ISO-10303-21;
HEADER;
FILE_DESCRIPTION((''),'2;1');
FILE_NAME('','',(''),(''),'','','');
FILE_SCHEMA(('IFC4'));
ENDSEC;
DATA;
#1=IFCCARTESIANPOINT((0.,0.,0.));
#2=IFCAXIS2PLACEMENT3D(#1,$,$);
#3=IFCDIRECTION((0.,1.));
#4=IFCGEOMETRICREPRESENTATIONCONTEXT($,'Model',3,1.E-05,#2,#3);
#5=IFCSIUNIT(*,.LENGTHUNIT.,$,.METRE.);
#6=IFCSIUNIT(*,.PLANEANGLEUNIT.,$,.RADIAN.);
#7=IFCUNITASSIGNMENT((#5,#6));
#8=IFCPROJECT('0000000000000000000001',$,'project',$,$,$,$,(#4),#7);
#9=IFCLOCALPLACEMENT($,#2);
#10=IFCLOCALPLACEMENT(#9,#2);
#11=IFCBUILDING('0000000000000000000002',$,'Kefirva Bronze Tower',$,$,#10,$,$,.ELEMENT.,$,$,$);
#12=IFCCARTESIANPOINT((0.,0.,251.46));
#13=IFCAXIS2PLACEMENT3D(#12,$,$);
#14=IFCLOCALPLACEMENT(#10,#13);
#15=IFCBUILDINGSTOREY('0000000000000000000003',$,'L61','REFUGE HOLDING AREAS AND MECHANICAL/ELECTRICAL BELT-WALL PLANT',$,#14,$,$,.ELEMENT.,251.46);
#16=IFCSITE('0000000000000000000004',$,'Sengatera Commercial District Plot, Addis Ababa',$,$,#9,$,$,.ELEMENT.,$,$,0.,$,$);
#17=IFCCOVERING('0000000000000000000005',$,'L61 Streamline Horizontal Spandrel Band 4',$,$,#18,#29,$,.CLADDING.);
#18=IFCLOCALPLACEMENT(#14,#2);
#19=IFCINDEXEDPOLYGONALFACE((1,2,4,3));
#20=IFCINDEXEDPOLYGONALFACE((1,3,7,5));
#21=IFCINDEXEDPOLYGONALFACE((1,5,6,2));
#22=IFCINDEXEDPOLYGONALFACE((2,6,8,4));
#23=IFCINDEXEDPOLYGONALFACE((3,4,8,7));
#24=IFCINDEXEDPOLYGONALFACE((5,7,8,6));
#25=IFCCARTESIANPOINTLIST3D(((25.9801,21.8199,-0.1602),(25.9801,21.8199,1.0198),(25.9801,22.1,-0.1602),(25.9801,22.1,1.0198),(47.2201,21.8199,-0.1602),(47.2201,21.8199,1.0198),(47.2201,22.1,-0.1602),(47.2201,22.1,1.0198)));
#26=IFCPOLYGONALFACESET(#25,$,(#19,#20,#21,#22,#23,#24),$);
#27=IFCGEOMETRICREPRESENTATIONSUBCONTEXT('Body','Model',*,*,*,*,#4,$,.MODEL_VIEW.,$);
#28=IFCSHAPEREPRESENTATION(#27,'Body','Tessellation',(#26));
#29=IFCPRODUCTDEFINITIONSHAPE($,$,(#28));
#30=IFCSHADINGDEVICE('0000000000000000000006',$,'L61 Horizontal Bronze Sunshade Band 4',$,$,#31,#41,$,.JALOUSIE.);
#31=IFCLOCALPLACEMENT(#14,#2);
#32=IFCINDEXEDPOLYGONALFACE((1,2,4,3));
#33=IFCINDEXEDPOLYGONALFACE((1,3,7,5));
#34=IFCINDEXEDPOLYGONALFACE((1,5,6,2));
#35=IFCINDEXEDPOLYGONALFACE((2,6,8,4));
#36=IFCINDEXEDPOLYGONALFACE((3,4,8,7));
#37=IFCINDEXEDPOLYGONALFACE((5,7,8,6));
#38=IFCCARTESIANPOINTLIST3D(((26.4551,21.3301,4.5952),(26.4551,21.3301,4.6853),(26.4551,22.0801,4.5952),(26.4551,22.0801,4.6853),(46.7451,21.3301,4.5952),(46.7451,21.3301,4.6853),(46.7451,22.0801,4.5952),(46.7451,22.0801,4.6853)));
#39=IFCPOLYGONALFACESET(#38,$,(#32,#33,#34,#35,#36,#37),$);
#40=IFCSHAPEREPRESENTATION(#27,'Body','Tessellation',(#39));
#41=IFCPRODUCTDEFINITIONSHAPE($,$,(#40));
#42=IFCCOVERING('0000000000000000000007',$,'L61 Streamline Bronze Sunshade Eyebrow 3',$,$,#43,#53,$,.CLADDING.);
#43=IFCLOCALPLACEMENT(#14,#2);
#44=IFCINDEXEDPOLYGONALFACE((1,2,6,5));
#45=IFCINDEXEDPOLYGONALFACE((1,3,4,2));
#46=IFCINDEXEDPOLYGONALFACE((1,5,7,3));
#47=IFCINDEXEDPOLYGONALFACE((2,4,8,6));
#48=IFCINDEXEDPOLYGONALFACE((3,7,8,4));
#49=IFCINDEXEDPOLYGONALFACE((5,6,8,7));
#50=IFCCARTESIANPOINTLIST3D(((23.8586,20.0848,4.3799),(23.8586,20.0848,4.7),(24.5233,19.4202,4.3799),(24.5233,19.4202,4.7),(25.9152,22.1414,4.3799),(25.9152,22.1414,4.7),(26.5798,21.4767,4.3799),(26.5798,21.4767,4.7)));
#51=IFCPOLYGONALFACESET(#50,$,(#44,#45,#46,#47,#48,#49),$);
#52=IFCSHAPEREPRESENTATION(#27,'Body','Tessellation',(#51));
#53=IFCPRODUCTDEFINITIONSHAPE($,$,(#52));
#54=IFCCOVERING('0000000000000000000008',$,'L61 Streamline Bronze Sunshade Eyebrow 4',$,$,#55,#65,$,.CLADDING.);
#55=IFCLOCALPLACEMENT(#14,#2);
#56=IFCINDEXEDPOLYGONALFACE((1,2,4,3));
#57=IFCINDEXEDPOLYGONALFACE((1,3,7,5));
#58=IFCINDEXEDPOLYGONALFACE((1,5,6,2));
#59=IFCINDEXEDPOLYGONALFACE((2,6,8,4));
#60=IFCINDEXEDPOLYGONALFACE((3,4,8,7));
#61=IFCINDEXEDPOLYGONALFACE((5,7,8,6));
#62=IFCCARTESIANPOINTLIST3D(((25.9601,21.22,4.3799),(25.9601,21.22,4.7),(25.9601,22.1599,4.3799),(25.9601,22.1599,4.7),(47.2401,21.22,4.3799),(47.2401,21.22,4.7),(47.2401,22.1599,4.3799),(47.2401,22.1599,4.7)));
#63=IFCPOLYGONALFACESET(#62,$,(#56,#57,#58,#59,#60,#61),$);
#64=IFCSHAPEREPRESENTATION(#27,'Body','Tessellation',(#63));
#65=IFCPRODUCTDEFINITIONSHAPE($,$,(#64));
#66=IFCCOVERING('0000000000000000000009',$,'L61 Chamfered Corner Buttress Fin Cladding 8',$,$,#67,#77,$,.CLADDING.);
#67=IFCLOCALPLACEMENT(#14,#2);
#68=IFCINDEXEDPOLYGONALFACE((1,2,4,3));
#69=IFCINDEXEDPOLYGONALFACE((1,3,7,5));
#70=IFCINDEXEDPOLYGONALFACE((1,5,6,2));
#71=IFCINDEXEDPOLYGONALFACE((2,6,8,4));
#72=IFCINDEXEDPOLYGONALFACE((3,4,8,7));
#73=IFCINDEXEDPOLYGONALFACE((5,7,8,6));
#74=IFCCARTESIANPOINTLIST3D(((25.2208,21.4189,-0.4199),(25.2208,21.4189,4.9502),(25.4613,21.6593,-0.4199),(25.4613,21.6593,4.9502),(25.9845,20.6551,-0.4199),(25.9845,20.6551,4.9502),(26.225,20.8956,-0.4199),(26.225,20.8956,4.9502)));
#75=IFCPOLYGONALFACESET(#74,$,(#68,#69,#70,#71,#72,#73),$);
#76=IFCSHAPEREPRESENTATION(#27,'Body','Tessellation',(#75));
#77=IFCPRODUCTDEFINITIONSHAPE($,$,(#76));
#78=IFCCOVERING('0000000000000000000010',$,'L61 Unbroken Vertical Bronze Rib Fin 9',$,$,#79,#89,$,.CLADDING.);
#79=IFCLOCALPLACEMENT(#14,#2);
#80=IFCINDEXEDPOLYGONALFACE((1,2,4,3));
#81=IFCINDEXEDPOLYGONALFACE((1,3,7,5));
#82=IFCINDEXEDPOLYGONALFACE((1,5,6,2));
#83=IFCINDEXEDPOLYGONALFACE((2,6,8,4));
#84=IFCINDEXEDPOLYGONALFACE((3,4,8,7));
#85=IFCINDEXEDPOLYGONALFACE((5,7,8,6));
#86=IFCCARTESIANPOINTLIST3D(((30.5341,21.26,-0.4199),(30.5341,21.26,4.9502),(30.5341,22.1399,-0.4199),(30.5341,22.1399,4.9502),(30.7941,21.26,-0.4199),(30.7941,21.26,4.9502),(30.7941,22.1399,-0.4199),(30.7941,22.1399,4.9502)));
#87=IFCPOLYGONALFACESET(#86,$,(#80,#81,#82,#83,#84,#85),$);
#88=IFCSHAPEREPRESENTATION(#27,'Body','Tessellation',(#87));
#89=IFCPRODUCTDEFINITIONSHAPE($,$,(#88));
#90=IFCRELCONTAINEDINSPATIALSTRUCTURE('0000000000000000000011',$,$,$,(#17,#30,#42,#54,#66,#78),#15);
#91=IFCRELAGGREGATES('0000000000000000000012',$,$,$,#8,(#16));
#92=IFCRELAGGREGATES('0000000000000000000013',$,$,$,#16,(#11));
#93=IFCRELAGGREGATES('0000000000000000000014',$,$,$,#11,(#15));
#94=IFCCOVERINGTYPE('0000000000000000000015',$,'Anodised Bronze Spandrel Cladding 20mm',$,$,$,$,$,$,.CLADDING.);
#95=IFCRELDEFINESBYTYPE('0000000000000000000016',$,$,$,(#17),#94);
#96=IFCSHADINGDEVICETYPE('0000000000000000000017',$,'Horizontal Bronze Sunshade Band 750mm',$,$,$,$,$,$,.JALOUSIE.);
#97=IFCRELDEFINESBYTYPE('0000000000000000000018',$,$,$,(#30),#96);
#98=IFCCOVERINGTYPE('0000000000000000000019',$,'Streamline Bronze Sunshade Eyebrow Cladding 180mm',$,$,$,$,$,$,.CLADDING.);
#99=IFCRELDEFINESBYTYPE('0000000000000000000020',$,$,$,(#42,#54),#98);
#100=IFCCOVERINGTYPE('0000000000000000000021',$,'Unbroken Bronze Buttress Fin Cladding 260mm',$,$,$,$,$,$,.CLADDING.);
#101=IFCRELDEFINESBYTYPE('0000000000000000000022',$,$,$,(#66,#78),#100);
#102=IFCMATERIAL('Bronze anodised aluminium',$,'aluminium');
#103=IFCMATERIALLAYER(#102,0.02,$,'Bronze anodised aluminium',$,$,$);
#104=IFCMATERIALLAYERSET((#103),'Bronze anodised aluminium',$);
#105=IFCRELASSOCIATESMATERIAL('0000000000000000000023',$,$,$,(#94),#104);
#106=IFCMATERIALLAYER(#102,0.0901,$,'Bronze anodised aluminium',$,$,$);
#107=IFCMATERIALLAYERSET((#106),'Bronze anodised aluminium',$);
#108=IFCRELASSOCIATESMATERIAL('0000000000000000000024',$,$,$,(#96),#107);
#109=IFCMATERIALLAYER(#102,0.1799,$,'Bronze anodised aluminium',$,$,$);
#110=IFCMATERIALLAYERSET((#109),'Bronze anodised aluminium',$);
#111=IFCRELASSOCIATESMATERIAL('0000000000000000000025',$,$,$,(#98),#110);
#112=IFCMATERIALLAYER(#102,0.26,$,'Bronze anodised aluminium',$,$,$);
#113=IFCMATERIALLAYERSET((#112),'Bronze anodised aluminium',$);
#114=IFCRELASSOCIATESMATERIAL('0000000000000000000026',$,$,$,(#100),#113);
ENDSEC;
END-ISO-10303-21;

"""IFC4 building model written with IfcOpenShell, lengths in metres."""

from ifc_helpers import new_model, si_unit, direction, frame, origin, origin_2d, place, context, subcontext, project, spatial, rectangle, extrude, material, layer, layer_set, type_object, element, save


model = new_model("IFC4")

# Units and contexts
model_context = context("Model", 3, precision=1e-05, world=origin(), true_north=direction((0.0, 1.0)))
body_context = subcontext(model_context, "Body", "Model", "MODEL_VIEW")
ifc_project = project(units=[si_unit("LENGTHUNIT", "METRE"), si_unit("PLANEANGLEUNIT", "RADIAN")], contexts=[model_context])

# Site, building, storey
site_placement = place(None, origin())
site = spatial("IfcSite", under=ifc_project, at=site_placement, Name="Sengatera Commercial District Plot, Addis Ababa", CompositionType="ELEMENT", RefElevation=0.0)
building_placement = place(site_placement, origin())
building = spatial("IfcBuilding", under=site, at=building_placement, Name="Kefirva Bronze Tower", CompositionType="ELEMENT")
storey_placement = place(building_placement, frame((0.0, 0.0, 251.46)))
storey = spatial("IfcBuildingStorey", under=building, at=storey_placement, Name="L61", Description="REFUGE HOLDING AREAS AND MECHANICAL/ELECTRICAL BELT-WALL PLANT", CompositionType="ELEMENT", Elevation=251.46)

# Shared definitions
ifc_material_1 = material(Name="Bronze anodised aluminium", Category="aluminium")

# Covering
ifc_layer_1 = layer(ifc_material_1, 0.02, Name="Bronze anodised aluminium")
ifc_layer_set_1 = layer_set([ifc_layer_1], Name="Bronze anodised aluminium")
covering_type_1 = type_object("IfcCoveringType", Name="Anodised Bronze Spandrel Cladding 20mm", PredefinedType="CLADDING", material=ifc_layer_set_1)
covering_1_placement = place(storey_placement, frame((36.6001, 21.96, -0.1602), z_axis=(0.0, 0.0, 1.0), x_axis=(1.0, 0.0, 0.0)))
element("IfcCovering", 1, at=covering_1_placement, inside=storey, type_object=covering_type_1, Name="L61 Streamline Horizontal Spandrel Band 4", PredefinedType="CLADDING", context=body_context, shape_type="SweptSolid", body=[
    extrude(rectangle(XDim=21.24, YDim=0.28, at=origin_2d()), origin(), (0.0, 0.0, 1.0), 1.1799),
])

# Shading device
ifc_layer_2 = layer(ifc_material_1, 0.0901, Name="Bronze anodised aluminium")
ifc_layer_set_2 = layer_set([ifc_layer_2], Name="Bronze anodised aluminium")
shading_device_type = type_object("IfcShadingDeviceType", Name="Horizontal Bronze Sunshade Band 750mm", PredefinedType="JALOUSIE", material=ifc_layer_set_2)
shading_device_placement = place(storey_placement, frame((36.6001, 21.7051, 4.5952), z_axis=(0.0, 0.0, 1.0), x_axis=(1.0, 0.0, 0.0)))
element("IfcShadingDevice", 2, at=shading_device_placement, inside=storey, type_object=shading_device_type, Name="L61 Horizontal Bronze Sunshade Band 4", PredefinedType="JALOUSIE", context=body_context, shape_type="SweptSolid", body=[
    extrude(rectangle(XDim=20.29, YDim=0.75, at=origin_2d()), origin(), (0.0, 0.0, 1.0), 0.0901),
])

# Coverings
ifc_layer_3 = layer(ifc_material_1, 0.1799, Name="Bronze anodised aluminium")
ifc_layer_set_3 = layer_set([ifc_layer_3], Name="Bronze anodised aluminium")
covering_type_2 = type_object("IfcCoveringType", Name="Streamline Bronze Sunshade Eyebrow Cladding 180mm", PredefinedType="CLADDING", material=ifc_layer_set_3)
covering_2_placement = place(storey_placement, frame((25.2192, 20.7808, 4.3799), z_axis=(0.0, 0.0, 1.0), x_axis=(0.707107, 0.707107, 0.0)))
element("IfcCovering", 3, at=covering_2_placement, inside=storey, type_object=covering_type_2, Name="L61 Streamline Bronze Sunshade Eyebrow 3", PredefinedType="CLADDING", context=body_context, shape_type="SweptSolid", body=[
    extrude(rectangle(XDim=2.9084, YDim=0.9399, at=origin_2d()), origin(), (0.0, 0.0, 1.0), 0.3201),
])
covering_3_placement = place(storey_placement, frame((36.6001, 21.6899, 4.3799), z_axis=(0.0, 0.0, 1.0), x_axis=(1.0, 0.0, 0.0)))
element("IfcCovering", 4, at=covering_3_placement, inside=storey, type_object=covering_type_2, Name="L61 Streamline Bronze Sunshade Eyebrow 4", PredefinedType="CLADDING", context=body_context, shape_type="SweptSolid", body=[
    extrude(rectangle(XDim=21.28, YDim=0.9399, at=origin_2d()), origin(), (0.0, 0.0, 1.0), 0.3201),
])
ifc_layer_4 = layer(ifc_material_1, 0.26, Name="Bronze anodised aluminium")
ifc_layer_set_4 = layer_set([ifc_layer_4], Name="Bronze anodised aluminium")
covering_type_3 = type_object("IfcCoveringType", Name="Unbroken Bronze Buttress Fin Cladding 260mm", PredefinedType="CLADDING", material=ifc_layer_set_4)
covering_4_placement = place(storey_placement, frame((25.7229, 21.1572, -0.4199), z_axis=(0.0, 0.0, 1.0), x_axis=(0.707107, 0.707107, 0.0)))
element("IfcCovering", 5, at=covering_4_placement, inside=storey, type_object=covering_type_3, Name="L61 Chamfered Corner Buttress Fin Cladding 8", PredefinedType="CLADDING", context=body_context, shape_type="SweptSolid", body=[
    extrude(rectangle(XDim=0.3401, YDim=1.0801, at=origin_2d()), origin(), (0.0, 0.0, 1.0), 5.3701),
])
covering_5_placement = place(storey_placement, frame((30.6641, 21.7, -0.4199), z_axis=(0.0, 0.0, 1.0), x_axis=(1.0, 0.0, 0.0)))
element("IfcCovering", 6, at=covering_5_placement, inside=storey, type_object=covering_type_3, Name="L61 Unbroken Vertical Bronze Rib Fin 9", PredefinedType="CLADDING", context=body_context, shape_type="SweptSolid", body=[
    extrude(rectangle(XDim=0.26, YDim=0.8799, at=origin_2d()), origin(), (0.0, 0.0, 1.0), 5.3701),
])

save(model, "model.ifc")
